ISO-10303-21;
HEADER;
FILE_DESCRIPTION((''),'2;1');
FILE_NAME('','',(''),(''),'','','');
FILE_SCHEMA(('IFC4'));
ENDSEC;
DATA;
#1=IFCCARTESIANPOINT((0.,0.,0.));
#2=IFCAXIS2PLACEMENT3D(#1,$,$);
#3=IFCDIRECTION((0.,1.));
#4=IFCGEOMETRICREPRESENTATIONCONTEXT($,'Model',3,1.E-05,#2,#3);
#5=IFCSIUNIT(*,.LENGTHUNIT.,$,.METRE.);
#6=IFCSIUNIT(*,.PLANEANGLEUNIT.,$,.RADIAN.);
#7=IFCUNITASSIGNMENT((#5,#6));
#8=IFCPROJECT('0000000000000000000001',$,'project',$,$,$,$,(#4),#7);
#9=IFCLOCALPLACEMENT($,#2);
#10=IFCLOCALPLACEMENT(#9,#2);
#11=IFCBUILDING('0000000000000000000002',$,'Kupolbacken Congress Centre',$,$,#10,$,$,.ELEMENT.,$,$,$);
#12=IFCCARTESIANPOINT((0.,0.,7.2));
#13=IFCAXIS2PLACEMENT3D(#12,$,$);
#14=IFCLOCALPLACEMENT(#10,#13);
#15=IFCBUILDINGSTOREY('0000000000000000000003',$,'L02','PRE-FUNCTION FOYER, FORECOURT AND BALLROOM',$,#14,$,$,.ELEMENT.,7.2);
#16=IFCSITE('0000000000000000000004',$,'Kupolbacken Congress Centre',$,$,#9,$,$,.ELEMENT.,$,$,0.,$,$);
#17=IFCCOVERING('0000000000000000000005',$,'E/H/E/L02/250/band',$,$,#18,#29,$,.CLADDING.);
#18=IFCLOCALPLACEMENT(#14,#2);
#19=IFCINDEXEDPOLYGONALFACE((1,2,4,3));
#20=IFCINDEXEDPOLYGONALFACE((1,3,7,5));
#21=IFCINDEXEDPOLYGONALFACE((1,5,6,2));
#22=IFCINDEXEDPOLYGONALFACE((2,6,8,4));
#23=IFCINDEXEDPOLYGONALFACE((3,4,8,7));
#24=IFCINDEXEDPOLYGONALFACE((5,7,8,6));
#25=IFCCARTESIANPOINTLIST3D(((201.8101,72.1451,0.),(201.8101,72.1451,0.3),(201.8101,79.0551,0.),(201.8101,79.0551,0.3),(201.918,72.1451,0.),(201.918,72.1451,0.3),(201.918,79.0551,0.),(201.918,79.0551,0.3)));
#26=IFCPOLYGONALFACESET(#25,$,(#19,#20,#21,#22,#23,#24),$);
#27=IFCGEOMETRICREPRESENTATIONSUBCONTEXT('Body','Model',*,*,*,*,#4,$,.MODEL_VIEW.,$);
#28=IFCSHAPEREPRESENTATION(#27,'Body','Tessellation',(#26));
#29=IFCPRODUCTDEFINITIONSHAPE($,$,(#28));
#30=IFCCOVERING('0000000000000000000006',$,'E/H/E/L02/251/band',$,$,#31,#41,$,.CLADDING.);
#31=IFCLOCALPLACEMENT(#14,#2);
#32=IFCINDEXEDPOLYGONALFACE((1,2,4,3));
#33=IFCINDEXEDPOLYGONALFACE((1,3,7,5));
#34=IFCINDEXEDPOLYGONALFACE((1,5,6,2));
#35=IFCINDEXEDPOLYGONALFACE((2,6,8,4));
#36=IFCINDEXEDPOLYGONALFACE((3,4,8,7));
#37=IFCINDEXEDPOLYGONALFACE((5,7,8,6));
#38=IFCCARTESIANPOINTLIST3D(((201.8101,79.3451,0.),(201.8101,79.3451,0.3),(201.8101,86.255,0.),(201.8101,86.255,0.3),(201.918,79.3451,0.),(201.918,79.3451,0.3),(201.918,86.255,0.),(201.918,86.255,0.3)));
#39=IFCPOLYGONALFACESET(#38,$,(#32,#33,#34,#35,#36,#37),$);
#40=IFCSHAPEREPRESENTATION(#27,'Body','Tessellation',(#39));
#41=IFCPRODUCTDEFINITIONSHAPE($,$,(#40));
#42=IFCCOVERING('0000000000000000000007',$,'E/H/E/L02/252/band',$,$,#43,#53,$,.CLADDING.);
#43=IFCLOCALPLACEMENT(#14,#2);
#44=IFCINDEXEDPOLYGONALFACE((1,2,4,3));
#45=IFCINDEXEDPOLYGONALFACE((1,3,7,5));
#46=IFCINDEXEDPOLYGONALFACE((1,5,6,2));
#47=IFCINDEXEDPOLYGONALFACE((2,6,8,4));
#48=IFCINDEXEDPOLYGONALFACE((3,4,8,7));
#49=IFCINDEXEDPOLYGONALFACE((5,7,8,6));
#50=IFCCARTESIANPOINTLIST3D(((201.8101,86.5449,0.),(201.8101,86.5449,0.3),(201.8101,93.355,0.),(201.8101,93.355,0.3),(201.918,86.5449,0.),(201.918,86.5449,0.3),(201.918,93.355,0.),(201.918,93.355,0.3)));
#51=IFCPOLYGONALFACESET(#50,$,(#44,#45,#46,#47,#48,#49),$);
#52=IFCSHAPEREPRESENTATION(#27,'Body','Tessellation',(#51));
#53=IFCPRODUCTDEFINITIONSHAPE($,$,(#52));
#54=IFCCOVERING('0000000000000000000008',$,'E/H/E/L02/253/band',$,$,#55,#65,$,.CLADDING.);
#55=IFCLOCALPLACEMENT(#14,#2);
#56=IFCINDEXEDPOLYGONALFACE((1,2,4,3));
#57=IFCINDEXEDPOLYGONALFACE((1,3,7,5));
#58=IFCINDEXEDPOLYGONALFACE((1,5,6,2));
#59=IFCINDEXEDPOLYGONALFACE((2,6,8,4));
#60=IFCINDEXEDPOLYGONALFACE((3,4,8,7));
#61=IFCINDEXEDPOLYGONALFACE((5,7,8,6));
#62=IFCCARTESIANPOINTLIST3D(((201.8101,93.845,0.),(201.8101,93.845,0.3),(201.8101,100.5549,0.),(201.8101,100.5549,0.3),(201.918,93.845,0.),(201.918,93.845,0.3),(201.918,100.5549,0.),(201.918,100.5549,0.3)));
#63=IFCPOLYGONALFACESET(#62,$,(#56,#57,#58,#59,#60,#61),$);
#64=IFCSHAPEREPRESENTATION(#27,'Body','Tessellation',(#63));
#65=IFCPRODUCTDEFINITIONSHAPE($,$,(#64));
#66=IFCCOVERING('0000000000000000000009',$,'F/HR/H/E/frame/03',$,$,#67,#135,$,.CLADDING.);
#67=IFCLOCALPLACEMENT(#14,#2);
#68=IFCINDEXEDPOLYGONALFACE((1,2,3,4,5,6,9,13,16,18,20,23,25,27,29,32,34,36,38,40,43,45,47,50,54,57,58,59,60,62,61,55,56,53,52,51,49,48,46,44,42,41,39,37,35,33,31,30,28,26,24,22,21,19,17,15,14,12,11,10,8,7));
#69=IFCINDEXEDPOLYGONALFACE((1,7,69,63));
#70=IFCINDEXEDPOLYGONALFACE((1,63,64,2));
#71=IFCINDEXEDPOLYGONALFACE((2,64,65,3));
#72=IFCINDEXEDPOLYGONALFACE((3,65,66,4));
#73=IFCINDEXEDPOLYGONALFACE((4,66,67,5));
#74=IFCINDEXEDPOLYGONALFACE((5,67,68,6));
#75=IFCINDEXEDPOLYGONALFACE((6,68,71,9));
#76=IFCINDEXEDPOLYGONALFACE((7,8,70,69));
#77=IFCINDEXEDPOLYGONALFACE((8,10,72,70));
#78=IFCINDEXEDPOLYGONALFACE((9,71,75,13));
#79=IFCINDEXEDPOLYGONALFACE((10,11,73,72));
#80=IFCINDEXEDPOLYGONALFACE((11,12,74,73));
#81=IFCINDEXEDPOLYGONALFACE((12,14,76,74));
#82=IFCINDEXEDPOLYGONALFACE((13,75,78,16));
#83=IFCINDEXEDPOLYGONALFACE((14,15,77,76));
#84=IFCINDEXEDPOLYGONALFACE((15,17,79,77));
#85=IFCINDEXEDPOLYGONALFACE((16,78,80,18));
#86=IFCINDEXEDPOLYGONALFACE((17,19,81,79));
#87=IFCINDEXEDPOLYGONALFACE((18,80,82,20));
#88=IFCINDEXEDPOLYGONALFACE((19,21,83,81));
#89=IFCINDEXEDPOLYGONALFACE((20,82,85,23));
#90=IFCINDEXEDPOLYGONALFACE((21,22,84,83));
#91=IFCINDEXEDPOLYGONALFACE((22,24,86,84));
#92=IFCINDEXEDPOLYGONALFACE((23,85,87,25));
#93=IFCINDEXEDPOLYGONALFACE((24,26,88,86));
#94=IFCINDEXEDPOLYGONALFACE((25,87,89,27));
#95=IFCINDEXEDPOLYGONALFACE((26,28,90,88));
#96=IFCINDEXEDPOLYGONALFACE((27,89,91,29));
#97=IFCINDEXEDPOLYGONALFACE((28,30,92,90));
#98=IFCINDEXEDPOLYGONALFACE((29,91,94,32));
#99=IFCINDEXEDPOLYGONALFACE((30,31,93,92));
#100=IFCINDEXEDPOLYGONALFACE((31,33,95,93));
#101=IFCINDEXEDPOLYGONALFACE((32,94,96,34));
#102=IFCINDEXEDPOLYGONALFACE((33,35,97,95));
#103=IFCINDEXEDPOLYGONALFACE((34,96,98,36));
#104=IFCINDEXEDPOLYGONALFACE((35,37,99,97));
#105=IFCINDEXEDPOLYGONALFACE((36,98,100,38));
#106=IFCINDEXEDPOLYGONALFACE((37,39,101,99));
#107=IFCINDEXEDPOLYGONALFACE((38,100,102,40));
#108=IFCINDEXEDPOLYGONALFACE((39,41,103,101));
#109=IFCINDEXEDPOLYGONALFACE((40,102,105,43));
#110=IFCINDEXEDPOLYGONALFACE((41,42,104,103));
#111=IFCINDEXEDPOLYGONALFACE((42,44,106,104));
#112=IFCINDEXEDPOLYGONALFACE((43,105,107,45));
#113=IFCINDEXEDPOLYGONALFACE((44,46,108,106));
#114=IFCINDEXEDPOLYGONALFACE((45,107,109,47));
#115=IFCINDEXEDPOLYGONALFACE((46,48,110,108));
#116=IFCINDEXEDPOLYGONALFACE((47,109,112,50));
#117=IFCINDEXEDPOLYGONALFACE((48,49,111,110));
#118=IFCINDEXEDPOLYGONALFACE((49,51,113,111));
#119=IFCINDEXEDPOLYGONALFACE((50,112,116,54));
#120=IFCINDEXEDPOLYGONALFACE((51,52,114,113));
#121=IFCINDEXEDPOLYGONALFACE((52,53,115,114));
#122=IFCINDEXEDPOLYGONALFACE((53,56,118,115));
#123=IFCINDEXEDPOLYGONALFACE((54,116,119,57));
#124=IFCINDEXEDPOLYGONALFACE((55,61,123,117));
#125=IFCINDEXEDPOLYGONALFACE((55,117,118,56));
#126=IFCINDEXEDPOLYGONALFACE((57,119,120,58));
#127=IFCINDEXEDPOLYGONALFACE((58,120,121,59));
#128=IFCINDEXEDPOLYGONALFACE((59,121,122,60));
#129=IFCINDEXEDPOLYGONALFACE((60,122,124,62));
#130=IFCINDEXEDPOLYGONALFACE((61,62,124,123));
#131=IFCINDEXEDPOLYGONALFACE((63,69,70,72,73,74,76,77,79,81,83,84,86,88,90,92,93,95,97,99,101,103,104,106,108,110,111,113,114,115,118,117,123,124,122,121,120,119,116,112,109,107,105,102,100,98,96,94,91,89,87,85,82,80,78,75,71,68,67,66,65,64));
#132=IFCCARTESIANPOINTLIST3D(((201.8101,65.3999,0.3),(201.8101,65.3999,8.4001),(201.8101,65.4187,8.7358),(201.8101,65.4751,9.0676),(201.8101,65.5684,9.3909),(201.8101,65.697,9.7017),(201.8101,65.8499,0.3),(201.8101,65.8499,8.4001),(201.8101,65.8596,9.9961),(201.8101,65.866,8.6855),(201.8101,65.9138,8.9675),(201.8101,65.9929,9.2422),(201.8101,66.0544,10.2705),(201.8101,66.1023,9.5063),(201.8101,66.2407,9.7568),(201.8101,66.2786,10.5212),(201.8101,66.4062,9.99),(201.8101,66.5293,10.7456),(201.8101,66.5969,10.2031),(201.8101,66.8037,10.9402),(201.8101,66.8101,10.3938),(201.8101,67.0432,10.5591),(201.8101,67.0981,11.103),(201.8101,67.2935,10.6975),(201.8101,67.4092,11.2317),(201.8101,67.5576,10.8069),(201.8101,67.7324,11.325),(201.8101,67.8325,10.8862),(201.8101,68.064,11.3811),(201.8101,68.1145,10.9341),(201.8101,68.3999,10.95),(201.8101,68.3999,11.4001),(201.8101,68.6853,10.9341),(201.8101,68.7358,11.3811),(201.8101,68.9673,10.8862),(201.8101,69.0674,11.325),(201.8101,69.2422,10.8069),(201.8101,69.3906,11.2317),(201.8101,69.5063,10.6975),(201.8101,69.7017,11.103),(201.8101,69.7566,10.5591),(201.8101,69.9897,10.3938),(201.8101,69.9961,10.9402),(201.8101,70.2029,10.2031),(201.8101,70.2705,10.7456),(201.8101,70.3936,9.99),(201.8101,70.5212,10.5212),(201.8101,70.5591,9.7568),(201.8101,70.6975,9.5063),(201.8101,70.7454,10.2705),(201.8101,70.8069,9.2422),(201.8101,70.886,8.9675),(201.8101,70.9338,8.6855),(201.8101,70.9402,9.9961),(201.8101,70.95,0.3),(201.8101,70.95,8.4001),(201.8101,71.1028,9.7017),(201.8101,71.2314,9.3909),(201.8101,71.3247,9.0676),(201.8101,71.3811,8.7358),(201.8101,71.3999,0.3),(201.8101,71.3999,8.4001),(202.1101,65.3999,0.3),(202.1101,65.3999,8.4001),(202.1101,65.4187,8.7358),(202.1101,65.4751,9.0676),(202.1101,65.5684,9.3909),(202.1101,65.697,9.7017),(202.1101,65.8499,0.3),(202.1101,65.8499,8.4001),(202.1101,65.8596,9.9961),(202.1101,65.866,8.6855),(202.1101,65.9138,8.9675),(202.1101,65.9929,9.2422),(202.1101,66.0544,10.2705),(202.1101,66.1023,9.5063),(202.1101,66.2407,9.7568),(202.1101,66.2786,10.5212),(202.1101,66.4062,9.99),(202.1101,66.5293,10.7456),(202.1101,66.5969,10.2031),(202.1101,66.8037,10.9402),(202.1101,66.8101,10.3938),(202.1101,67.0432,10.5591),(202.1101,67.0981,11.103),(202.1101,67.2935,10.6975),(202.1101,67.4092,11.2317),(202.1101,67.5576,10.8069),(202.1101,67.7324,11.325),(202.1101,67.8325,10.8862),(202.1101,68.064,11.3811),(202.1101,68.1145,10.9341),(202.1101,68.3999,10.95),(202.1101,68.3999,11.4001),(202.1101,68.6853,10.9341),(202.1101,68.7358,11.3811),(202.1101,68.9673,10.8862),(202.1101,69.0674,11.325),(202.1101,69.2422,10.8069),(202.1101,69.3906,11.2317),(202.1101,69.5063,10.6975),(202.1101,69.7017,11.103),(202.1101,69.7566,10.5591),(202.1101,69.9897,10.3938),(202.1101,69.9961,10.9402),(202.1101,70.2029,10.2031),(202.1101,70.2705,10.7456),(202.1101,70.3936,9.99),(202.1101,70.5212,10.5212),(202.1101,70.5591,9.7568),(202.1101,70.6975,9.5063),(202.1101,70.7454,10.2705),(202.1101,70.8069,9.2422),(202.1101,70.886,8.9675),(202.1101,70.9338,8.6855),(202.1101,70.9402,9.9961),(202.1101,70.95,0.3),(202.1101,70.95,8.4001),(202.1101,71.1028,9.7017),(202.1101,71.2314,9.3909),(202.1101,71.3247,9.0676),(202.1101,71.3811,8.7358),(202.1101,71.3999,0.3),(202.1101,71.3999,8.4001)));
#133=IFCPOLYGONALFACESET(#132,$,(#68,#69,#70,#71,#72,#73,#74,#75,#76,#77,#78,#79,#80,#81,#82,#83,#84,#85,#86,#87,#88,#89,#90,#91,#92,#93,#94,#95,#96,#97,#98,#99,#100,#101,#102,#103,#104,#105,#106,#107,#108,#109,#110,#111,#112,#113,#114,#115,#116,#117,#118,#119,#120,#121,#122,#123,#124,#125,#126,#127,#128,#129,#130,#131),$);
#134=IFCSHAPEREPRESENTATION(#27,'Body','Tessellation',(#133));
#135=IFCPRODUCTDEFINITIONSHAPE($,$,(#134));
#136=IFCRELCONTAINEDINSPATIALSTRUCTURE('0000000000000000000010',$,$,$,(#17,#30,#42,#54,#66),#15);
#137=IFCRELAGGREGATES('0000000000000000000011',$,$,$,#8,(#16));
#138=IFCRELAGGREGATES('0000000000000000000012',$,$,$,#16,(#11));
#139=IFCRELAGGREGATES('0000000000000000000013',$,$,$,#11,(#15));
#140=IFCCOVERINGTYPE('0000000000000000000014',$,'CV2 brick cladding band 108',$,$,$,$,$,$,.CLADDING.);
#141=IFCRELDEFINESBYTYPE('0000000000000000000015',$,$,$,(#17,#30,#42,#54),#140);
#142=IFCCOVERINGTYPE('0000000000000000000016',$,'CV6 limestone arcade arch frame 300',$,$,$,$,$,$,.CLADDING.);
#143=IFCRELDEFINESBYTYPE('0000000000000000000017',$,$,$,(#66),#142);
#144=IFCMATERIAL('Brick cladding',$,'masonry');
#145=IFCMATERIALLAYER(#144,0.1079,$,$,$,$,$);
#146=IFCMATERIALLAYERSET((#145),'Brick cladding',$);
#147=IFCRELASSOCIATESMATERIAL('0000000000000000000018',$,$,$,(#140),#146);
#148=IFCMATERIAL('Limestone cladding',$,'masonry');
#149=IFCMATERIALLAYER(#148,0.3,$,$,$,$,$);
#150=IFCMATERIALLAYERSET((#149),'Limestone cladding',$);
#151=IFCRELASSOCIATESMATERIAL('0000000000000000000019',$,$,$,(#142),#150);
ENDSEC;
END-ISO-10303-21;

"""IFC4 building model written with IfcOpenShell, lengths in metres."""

from ifc_helpers import new_model, si_unit, direction, frame, origin, origin_2d, place, context, subcontext, project, spatial, polyline, rectangle, outline, extrude, material, layer, layer_set, type_object, element, save


model = new_model("IFC4")

# Units and contexts
model_context = context("Model", 3, precision=1e-05, world=origin(), true_north=direction((0.0, 1.0)))
body_context = subcontext(model_context, "Body", "Model", "MODEL_VIEW")
ifc_project = project(units=[si_unit("LENGTHUNIT", "METRE"), si_unit("PLANEANGLEUNIT", "RADIAN")], contexts=[model_context])

# Site, building, storey
site_placement = place(None, origin())
site = spatial("IfcSite", under=ifc_project, at=site_placement, Name="Kupolbacken Congress Centre", CompositionType="ELEMENT", RefElevation=0.0)
building_placement = place(site_placement, origin())
building = spatial("IfcBuilding", under=site, at=building_placement, Name="Kupolbacken Congress Centre", CompositionType="ELEMENT")
storey_placement = place(building_placement, frame((0.0, 0.0, 7.2)))
storey = spatial("IfcBuildingStorey", under=building, at=storey_placement, Name="L02", Description="PRE-FUNCTION FOYER, FORECOURT AND BALLROOM", CompositionType="ELEMENT", Elevation=7.2)

# Coverings
ifc_material_1 = material(Name="Brick cladding", Category="masonry")
ifc_layer_1 = layer(ifc_material_1, 0.1079)
ifc_layer_set_1 = layer_set([ifc_layer_1], Name="Brick cladding")
covering_type_1 = type_object("IfcCoveringType", Name="CV2 brick cladding band 108", PredefinedType="CLADDING", material=ifc_layer_set_1)
for number, where, z_axis, x_axis, name in (
    (1, (201.864, 75.6001, 0.0), (0.0, 0.0, 1.0), (0.0, 1.0, 0.0), "E/H/E/L02/250/band"),
    (2, (201.864, 82.8, 0.0), (0.0, 0.0, 1.0), (0.0, 1.0, 0.0), "E/H/E/L02/251/band"),
):
    element("IfcCovering", number, at=place(storey_placement, frame(where, z_axis=z_axis, x_axis=x_axis)), inside=storey, type_object=covering_type_1, Name=name, PredefinedType="CLADDING", context=body_context, shape_type="SweptSolid", body=[
        extrude(rectangle(XDim=6.9099, YDim=0.1079, at=origin_2d()), origin(), (0.0, 0.0, 1.0), 0.3),
    ])
covering_1_placement = place(storey_placement, frame((201.864, 89.95, 0.0), z_axis=(0.0, 0.0, 1.0), x_axis=(0.0, 1.0, 0.0)))
element("IfcCovering", 3, at=covering_1_placement, inside=storey, type_object=covering_type_1, Name="E/H/E/L02/252/band", PredefinedType="CLADDING", context=body_context, shape_type="SweptSolid", body=[
    extrude(rectangle(XDim=6.8101, YDim=0.1079, at=origin_2d()), origin(), (0.0, 0.0, 1.0), 0.3),
])
covering_2_placement = place(storey_placement, frame((201.864, 97.2, 0.0), z_axis=(0.0, 0.0, 1.0), x_axis=(0.0, 1.0, 0.0)))
element("IfcCovering", 4, at=covering_2_placement, inside=storey, type_object=covering_type_1, Name="E/H/E/L02/253/band", PredefinedType="CLADDING", context=body_context, shape_type="SweptSolid", body=[
    extrude(rectangle(XDim=6.71, YDim=0.1079, at=origin_2d()), origin(), (0.0, 0.0, 1.0), 0.3),
])
ifc_material_2 = material(Name="Limestone cladding", Category="masonry")
ifc_layer_2 = layer(ifc_material_2, 0.3)
ifc_layer_set_2 = layer_set([ifc_layer_2], Name="Limestone cladding")
covering_type_2 = type_object("IfcCoveringType", Name="CV6 limestone arcade arch frame 300", PredefinedType="CLADDING", material=ifc_layer_set_2)
covering_3_placement = place(storey_placement, frame((201.8101, 65.3999, 0.3), z_axis=(1.0, 0.0, 0.0), x_axis=(0.0, 1.0, 0.0)))
element("IfcCovering", 5, at=covering_3_placement, inside=storey, type_object=covering_type_2, Name="F/HR/H/E/frame/03", PredefinedType="CLADDING", context=body_context, shape_type="SweptSolid", body=[
    extrude(outline(polyline([(0.0, 0.0), (0.0, 8.1001), (0.0188, 8.4358), (0.0752, 8.7676), (0.1685, 9.0908), (0.2971, 9.4016), (0.4597, 9.696), (0.6545, 9.9705), (0.8787, 10.2212), (1.1294, 10.4456), (1.4038, 10.6401), (1.6982, 10.803), (2.0093, 10.9316), (2.3325, 11.0249), (2.6641, 11.0811), (3.0, 11.1001), (3.3359, 11.0811), (3.6675, 11.0249), (3.9907, 10.9316), (4.3018, 10.803), (4.5962, 10.6401), (4.8706, 10.4456), (5.1213, 10.2212), (5.3455, 9.9705), (5.5403, 9.696), (5.7029, 9.4016), (5.8315, 9.0908), (5.9248, 8.7676), (5.9812, 8.4358), (6.0, 8.1001), (6.0, 0.0), (5.55, 0.0), (5.55, 8.1001), (5.5339, 8.3855), (5.4861, 8.6675), (5.407, 8.9421), (5.2976, 9.2063), (5.1592, 9.4568), (4.9937, 9.6899), (4.803, 9.9031), (4.5898, 10.0938), (4.3567, 10.259), (4.1064, 10.3975), (3.8423, 10.5068), (3.5674, 10.5862), (3.2854, 10.634), (3.0, 10.6499), (2.7146, 10.634), (2.4326, 10.5862), (2.1577, 10.5068), (1.8936, 10.3975), (1.6433, 10.259), (1.4102, 10.0938), (1.197, 9.9031), (1.0063, 9.6899), (0.8408, 9.4568), (0.7024, 9.2063), (0.593, 8.9421), (0.5139, 8.6675), (0.4661, 8.3855), (0.45, 8.1001), (0.45, 0.0), (0.0, 0.0)])), origin(), (0.0, 0.0, 1.0), 0.3),
])

save(model, "model.ifc")
